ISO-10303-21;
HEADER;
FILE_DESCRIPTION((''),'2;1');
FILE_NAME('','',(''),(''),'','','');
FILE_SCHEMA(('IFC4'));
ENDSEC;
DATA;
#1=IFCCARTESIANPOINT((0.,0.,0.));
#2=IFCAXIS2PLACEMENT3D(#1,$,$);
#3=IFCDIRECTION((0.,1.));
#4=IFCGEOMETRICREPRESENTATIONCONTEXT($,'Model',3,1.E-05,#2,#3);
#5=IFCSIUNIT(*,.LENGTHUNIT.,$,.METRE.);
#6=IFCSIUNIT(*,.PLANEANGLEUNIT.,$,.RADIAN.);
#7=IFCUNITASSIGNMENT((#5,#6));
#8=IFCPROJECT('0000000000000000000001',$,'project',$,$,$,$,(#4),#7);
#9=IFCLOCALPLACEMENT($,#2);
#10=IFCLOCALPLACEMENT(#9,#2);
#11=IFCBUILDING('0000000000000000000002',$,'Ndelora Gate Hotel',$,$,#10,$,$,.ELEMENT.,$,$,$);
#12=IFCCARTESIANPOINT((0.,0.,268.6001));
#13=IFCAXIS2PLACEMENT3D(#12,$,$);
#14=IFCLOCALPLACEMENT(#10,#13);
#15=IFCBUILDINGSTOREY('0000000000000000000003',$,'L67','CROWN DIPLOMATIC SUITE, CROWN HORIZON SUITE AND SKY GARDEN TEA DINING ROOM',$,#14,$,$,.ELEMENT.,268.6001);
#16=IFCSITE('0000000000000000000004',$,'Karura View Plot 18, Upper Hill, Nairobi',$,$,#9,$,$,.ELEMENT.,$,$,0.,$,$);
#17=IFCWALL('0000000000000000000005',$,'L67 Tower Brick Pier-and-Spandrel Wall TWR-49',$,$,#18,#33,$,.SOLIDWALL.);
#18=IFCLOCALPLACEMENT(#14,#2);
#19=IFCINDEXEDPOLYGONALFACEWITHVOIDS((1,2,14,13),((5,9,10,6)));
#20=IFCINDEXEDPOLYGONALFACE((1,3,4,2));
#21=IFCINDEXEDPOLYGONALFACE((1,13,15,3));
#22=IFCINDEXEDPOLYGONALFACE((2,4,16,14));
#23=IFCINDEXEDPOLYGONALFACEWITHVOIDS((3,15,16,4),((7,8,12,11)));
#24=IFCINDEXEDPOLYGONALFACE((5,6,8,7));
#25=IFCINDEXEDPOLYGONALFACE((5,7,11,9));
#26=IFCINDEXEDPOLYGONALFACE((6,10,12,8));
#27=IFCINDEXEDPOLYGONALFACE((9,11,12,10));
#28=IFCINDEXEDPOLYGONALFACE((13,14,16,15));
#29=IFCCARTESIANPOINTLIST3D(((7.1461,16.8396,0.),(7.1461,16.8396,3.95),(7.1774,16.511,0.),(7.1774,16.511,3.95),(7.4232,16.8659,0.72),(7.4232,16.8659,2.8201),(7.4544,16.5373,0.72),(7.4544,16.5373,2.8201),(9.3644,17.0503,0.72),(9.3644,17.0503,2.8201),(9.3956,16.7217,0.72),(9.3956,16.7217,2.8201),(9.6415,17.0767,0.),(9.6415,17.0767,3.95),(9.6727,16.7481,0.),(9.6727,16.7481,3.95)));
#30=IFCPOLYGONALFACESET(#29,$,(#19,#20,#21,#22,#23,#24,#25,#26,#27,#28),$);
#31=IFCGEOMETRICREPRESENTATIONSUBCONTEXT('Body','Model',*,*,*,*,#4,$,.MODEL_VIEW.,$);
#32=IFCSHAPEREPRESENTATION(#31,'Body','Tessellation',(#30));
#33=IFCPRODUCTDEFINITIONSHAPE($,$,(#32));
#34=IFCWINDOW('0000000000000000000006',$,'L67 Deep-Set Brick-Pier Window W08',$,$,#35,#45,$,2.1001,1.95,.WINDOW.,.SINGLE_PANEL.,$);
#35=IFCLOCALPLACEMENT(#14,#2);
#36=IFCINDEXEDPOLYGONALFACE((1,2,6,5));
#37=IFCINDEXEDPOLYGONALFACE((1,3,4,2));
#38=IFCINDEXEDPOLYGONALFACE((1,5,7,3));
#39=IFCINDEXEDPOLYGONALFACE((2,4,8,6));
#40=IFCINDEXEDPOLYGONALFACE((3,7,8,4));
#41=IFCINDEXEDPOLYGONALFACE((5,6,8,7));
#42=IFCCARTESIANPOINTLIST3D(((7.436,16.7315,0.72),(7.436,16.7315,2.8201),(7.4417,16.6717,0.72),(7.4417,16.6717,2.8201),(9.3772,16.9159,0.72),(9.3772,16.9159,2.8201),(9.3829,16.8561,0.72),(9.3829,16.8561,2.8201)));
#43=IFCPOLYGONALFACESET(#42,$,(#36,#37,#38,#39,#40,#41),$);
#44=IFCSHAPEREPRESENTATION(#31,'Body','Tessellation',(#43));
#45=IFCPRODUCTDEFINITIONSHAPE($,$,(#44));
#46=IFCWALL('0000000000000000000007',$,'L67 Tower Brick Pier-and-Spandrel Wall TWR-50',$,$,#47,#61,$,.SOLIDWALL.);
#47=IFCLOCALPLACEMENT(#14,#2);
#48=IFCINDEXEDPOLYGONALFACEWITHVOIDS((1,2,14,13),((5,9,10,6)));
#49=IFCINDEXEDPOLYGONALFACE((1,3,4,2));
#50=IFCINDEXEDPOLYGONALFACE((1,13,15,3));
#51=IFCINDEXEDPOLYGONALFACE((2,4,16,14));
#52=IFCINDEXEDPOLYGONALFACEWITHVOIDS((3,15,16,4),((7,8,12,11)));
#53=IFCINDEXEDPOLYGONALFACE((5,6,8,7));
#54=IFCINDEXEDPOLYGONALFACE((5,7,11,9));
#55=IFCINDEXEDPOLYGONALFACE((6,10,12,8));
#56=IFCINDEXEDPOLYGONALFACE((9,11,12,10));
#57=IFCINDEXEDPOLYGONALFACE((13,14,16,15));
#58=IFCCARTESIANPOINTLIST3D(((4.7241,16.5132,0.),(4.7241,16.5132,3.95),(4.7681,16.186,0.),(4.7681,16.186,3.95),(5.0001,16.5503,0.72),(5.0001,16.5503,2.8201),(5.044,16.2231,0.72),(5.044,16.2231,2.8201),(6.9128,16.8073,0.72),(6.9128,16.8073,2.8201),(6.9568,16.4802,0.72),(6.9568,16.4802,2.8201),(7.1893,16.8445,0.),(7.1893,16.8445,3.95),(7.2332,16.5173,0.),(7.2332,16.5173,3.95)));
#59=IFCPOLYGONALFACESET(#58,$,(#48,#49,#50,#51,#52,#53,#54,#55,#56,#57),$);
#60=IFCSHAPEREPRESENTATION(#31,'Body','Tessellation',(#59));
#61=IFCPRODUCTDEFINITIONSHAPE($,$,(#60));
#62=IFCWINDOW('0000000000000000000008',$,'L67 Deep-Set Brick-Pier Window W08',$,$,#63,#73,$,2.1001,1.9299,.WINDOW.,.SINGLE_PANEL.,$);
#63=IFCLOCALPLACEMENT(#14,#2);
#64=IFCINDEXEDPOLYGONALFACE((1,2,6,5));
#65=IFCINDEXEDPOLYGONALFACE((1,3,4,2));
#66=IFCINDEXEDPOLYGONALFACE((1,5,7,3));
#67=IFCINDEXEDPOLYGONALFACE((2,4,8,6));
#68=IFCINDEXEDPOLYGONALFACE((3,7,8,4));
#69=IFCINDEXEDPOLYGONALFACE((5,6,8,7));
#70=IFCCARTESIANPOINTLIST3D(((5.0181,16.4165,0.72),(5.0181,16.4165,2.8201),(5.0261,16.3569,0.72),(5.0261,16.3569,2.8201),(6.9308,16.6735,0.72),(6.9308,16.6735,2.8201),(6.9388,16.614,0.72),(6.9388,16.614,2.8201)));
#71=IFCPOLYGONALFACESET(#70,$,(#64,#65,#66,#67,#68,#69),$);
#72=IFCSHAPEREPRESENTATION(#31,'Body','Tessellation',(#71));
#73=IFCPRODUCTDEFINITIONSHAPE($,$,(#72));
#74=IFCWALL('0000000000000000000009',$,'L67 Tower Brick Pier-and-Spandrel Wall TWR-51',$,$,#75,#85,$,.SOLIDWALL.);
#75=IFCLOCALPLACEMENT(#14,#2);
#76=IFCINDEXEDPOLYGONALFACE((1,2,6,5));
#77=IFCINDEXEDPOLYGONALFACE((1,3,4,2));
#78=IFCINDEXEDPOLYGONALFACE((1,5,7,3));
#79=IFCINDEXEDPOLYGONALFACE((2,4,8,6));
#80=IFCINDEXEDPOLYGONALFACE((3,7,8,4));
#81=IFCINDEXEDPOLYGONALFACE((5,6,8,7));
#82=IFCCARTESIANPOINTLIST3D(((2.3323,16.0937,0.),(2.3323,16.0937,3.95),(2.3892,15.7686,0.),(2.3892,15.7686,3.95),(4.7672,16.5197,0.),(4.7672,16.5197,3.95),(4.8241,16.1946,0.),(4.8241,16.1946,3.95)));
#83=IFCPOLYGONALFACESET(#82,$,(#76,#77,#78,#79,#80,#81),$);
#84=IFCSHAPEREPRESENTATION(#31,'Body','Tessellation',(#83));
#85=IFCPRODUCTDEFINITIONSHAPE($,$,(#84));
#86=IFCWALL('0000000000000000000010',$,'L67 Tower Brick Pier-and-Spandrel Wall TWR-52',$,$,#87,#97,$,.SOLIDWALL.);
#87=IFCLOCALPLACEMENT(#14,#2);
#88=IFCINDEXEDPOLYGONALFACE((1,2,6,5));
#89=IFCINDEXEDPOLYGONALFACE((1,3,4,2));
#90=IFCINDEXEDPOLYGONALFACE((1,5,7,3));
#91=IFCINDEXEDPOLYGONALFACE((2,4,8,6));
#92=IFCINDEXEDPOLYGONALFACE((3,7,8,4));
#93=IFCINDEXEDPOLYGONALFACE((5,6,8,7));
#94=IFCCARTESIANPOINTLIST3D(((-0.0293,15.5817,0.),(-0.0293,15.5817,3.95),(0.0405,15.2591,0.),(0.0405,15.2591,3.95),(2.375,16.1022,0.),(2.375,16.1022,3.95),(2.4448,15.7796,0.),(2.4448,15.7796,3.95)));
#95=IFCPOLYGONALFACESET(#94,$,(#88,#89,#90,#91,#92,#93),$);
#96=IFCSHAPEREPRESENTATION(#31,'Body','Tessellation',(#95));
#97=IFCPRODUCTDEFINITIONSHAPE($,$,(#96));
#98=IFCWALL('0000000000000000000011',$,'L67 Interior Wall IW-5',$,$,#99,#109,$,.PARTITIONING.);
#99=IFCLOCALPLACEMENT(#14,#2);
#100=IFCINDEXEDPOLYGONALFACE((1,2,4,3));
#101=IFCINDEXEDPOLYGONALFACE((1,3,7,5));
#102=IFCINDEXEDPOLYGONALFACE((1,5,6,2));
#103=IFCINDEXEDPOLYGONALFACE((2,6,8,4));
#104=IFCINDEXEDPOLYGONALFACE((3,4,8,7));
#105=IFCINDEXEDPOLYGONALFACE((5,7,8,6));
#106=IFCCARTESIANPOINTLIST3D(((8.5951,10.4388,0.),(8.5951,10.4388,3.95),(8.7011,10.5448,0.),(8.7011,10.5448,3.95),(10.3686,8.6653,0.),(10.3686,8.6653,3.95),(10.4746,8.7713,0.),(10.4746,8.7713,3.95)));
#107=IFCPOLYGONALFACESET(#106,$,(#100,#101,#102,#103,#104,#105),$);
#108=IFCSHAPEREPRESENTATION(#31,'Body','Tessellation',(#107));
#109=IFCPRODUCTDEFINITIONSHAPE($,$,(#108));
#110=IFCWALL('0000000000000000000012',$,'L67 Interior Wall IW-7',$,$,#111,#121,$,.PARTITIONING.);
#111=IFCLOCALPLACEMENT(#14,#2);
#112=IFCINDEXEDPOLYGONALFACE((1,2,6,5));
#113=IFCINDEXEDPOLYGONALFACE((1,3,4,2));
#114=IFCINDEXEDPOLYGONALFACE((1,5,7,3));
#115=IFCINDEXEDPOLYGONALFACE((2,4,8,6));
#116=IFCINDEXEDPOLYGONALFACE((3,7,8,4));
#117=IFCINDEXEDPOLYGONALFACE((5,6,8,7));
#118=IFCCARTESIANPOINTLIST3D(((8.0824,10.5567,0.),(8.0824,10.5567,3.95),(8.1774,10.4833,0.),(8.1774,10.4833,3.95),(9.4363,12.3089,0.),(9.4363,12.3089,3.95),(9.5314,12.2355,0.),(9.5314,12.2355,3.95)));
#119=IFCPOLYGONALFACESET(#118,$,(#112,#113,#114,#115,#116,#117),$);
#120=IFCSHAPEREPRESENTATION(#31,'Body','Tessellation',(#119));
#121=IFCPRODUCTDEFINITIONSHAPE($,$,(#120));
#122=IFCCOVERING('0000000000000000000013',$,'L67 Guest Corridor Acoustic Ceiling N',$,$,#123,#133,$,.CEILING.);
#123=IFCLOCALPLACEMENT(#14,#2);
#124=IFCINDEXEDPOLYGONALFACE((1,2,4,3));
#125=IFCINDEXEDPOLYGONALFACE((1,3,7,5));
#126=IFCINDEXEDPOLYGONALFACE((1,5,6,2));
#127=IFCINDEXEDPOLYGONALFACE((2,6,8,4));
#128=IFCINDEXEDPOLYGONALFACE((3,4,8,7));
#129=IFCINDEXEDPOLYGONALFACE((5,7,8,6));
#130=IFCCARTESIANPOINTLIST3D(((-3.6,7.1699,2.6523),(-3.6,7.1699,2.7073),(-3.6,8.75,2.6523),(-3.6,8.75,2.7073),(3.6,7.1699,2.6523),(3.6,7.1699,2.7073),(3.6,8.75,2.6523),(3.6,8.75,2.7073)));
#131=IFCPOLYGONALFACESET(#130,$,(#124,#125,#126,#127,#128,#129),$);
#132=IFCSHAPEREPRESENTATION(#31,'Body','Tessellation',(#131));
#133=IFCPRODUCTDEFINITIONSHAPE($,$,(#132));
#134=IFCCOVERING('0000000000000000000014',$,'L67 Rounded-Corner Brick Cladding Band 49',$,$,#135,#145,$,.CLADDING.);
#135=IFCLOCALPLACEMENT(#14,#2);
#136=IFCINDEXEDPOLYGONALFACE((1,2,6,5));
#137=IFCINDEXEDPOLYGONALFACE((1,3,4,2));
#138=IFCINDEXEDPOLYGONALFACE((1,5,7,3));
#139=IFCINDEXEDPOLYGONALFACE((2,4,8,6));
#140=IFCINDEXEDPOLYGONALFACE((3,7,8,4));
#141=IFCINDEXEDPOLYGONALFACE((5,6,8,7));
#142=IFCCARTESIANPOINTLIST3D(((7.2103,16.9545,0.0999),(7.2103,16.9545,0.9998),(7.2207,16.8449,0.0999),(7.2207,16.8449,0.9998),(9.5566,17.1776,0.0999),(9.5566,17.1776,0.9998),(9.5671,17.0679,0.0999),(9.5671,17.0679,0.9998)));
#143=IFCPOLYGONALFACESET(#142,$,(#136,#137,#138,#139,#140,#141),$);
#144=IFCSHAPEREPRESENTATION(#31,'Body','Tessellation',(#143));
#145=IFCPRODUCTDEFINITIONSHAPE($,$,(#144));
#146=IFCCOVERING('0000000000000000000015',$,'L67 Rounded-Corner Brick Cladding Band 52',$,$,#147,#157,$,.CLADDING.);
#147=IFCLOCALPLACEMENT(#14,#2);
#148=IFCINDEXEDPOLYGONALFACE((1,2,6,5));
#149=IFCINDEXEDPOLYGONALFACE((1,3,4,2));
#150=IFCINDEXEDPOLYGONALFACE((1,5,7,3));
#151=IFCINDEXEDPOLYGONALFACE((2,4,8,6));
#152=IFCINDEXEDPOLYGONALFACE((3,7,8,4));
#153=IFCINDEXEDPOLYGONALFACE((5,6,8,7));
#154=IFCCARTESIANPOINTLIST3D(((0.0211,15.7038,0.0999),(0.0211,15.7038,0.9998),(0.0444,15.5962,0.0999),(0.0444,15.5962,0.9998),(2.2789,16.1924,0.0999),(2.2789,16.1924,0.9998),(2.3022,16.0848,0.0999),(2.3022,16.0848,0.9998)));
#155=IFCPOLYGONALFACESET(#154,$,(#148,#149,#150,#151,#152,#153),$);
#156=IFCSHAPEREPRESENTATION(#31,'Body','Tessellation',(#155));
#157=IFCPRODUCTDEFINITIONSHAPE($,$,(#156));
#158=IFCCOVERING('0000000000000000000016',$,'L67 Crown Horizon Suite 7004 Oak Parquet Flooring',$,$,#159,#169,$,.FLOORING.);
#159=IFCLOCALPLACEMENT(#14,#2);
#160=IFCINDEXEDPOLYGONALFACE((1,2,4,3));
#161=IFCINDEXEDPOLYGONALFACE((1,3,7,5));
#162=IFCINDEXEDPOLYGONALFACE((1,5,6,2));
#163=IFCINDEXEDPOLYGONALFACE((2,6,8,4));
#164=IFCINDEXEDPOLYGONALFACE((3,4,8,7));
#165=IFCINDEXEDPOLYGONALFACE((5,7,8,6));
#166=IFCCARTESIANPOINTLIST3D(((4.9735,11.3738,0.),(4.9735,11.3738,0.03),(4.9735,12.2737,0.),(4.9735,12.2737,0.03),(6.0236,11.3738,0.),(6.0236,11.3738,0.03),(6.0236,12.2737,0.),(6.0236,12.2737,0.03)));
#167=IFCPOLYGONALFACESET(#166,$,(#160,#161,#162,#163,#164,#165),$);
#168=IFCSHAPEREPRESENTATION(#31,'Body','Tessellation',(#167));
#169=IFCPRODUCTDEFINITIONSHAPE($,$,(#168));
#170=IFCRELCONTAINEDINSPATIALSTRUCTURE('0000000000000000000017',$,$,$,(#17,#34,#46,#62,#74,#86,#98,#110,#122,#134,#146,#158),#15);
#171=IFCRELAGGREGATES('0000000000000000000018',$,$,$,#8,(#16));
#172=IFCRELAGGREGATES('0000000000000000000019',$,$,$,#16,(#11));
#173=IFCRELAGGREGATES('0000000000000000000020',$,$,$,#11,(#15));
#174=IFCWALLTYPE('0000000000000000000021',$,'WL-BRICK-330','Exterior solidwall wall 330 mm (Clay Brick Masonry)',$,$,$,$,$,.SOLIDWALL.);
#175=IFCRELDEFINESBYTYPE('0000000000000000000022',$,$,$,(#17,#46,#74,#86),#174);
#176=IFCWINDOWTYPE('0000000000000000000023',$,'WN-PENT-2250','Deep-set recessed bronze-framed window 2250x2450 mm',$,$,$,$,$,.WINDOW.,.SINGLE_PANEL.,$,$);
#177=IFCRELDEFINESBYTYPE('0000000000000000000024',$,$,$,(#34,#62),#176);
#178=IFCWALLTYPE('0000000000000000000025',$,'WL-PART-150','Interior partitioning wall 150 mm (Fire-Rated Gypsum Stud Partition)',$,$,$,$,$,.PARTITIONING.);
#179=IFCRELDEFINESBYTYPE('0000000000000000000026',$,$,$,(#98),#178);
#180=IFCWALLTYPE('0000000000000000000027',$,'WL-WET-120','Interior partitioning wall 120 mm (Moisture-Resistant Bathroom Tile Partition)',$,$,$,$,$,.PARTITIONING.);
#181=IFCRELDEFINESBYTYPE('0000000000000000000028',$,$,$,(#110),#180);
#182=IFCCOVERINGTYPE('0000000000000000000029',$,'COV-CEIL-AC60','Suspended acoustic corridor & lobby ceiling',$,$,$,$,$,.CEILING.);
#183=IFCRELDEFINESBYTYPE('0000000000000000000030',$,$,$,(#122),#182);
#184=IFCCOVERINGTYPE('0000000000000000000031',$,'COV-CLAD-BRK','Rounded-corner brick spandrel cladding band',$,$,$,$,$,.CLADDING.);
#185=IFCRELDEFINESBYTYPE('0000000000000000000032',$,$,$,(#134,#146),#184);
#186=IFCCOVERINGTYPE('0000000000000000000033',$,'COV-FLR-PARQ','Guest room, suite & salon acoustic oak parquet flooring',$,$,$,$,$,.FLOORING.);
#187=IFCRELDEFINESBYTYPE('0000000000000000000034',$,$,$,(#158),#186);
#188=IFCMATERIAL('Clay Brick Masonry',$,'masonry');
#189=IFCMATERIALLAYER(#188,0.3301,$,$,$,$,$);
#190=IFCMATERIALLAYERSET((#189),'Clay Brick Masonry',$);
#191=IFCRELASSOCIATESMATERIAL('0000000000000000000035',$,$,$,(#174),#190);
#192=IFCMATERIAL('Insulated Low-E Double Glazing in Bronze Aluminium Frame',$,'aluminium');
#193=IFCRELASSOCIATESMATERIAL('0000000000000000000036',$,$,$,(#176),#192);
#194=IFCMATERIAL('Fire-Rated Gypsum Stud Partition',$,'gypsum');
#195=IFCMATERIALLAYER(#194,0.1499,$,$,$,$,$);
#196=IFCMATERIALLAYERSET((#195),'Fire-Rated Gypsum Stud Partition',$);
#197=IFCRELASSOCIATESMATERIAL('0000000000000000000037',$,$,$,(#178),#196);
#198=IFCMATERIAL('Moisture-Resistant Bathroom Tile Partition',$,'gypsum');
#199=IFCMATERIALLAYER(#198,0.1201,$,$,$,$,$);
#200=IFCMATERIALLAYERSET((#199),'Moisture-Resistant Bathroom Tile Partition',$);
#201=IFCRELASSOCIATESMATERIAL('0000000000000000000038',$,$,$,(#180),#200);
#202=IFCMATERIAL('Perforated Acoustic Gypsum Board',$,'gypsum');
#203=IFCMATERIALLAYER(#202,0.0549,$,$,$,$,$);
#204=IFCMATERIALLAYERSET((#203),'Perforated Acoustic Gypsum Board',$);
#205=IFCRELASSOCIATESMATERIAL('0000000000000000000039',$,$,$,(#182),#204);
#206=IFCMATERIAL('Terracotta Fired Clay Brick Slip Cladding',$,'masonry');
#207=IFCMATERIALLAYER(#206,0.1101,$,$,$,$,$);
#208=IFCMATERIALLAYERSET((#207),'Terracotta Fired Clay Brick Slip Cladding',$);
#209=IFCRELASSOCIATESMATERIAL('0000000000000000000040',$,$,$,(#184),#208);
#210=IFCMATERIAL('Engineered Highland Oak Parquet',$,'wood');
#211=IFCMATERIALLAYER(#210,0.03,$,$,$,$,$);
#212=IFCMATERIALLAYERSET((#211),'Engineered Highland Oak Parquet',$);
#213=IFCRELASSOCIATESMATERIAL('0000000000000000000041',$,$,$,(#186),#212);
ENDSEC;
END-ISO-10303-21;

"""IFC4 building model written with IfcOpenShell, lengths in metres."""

from ifc_helpers import new_model, si_unit, direction, frame, frame_2d, origin, origin_2d, place, context, subcontext, project, spatial, rectangle, extrude, material, layer, layer_set, type_object, element, fill, save


model = new_model("IFC4")

# Units and contexts
model_context = context("Model", 3, precision=1e-05, world=origin(), true_north=direction((0.0, 1.0)))
body_context = subcontext(model_context, "Body", "Model", "MODEL_VIEW")
ifc_project = project(units=[si_unit("LENGTHUNIT", "METRE"), si_unit("PLANEANGLEUNIT", "RADIAN")], contexts=[model_context])

# Site, building, storey
site_placement = place(None, origin())
site = spatial("IfcSite", under=ifc_project, at=site_placement, Name="Karura View Plot 18, Upper Hill, Nairobi", CompositionType="ELEMENT", RefElevation=0.0)
building_placement = place(site_placement, origin())
building = spatial("IfcBuilding", under=site, at=building_placement, Name="Ndelora Gate Hotel", CompositionType="ELEMENT")
storey_placement = place(building_placement, frame((0.0, 0.0, 268.6001)))
storey = spatial("IfcBuildingStorey", under=building, at=storey_placement, Name="L67", Description="CROWN DIPLOMATIC SUITE, CROWN HORIZON SUITE AND SKY GARDEN TEA DINING ROOM", CompositionType="ELEMENT", Elevation=268.6001)

# Walls, openings, windows
ifc_material_1 = material(Name="Clay Brick Masonry", Category="masonry")
ifc_layer_1 = layer(ifc_material_1, 0.3301)
ifc_layer_set_1 = layer_set([ifc_layer_1], Name="Clay Brick Masonry")
wall_type_1 = type_object("IfcWallType", Name="WL-BRICK-330", Description="Exterior solidwall wall 330 mm (Clay Brick Masonry)", PredefinedType="SOLIDWALL", material=ifc_layer_set_1)
wall_1_placement = place(storey_placement, frame((7.1616, 16.6753, 0.0), z_axis=(0.0, 0.0, 1.0), x_axis=(0.995518, 0.094575, 0.0)))
wall_1 = element("IfcWall", 1, at=wall_1_placement, inside=storey, type_object=wall_type_1, Name="L67 Tower Brick Pier-and-Spandrel Wall TWR-49", PredefinedType="SOLIDWALL", context=body_context, shape_type="SweptSolid", body=[
    extrude(rectangle(XDim=2.5066, YDim=0.3301, at=frame_2d((1.2534, 0.0))), origin(), (0.0, 0.0, 1.0), 3.95),
])
opening_1_placement = place(wall_1_placement, frame((0.2783, 0.0, 0.72)))
opening_1 = element("IfcOpeningElement", 2, at=opening_1_placement, cuts=wall_1, PredefinedType="OPENING", context=body_context, shape_type="SweptSolid", body=[
    extrude(rectangle(XDim=1.95, YDim=2.1001, at=frame_2d((0.9751, 1.05))), frame((0.0, 0.175, 0.0), z_axis=(0.0, -1.0, 0.0), x_axis=(1.0, 0.0, 0.0)), (0.0, 0.0, 1.0), 0.3501),
])
ifc_material_2 = material(Name="Insulated Low-E Double Glazing in Bronze Aluminium Frame", Category="aluminium")
window_type = type_object("IfcWindowType", Name="WN-PENT-2250", Description="Deep-set recessed bronze-framed window 2250x2450 mm", PartitioningType="SINGLE_PANEL", PredefinedType="WINDOW", material=ifc_material_2)
window_1_placement = place(opening_1_placement, origin())
window_1 = element("IfcWindow", 3, at=window_1_placement, inside=storey, type_object=window_type, Name="L67 Deep-Set Brick-Pier Window W08", OverallHeight=2.1001, OverallWidth=1.95, PartitioningType="SINGLE_PANEL", PredefinedType="WINDOW", context=body_context, shape_type="SweptSolid", body=[
    extrude(rectangle(XDim=1.95, YDim=2.1001, at=frame_2d((0.9751, 1.05))), frame((0.0, 0.03, 0.0), z_axis=(0.0, -1.0, 0.0), x_axis=(1.0, 0.0, 0.0)), (0.0, 0.0, 1.0), 0.0601),
])
fill(opening_1, window_1)
wall_2_placement = place(storey_placement, frame((4.7461, 16.3496, 0.0), z_axis=(0.0, 0.0, 1.0), x_axis=(0.991089, 0.133199, 0.0)))
wall_2 = element("IfcWall", 4, at=wall_2_placement, inside=storey, type_object=wall_type_1, Name="L67 Tower Brick Pier-and-Spandrel Wall TWR-50", PredefinedType="SOLIDWALL", context=body_context, shape_type="SweptSolid", body=[
    extrude(rectangle(XDim=2.4873, YDim=0.3301, at=frame_2d((1.2437, 0.0))), origin(), (0.0, 0.0, 1.0), 3.95),
])
opening_2_placement = place(wall_2_placement, frame((0.2786, 0.0, 0.72)))
opening_2 = element("IfcOpeningElement", 5, at=opening_2_placement, cuts=wall_2, PredefinedType="OPENING", context=body_context, shape_type="SweptSolid", body=[
    extrude(rectangle(XDim=1.9299, YDim=2.1001, at=frame_2d((0.9648, 1.05))), frame((0.0, 0.175, 0.0), z_axis=(0.0, -1.0, 0.0), x_axis=(1.0, 0.0, 0.0)), (0.0, 0.0, 1.0), 0.3501),
])
window_2_placement = place(opening_2_placement, origin())
window_2 = element("IfcWindow", 6, at=window_2_placement, inside=storey, type_object=window_type, Name="L67 Deep-Set Brick-Pier Window W08", OverallHeight=2.1001, OverallWidth=1.9299, PartitioningType="SINGLE_PANEL", PredefinedType="WINDOW", context=body_context, shape_type="SweptSolid", body=[
    extrude(rectangle(XDim=1.9299, YDim=2.1001, at=frame_2d((0.9648, 1.05))), frame((0.0, 0.03, 0.0), z_axis=(0.0, -1.0, 0.0), x_axis=(1.0, 0.0, 0.0)), (0.0, 0.0, 1.0), 0.0601),
])
fill(opening_2, window_2)

# Walls
wall_3_placement = place(storey_placement, frame((2.3608, 15.9312, 0.0), z_axis=(0.0, 0.0, 1.0), x_axis=(0.985035, 0.172354, 0.0)))
element("IfcWall", 7, at=wall_3_placement, inside=storey, type_object=wall_type_1, Name="L67 Tower Brick Pier-and-Spandrel Wall TWR-51", PredefinedType="SOLIDWALL", context=body_context, shape_type="SweptSolid", body=[
    extrude(rectangle(XDim=2.4719, YDim=0.3301, at=frame_2d((1.2358, 0.0))), origin(), (0.0, 0.0, 1.0), 3.95),
])
wall_4_placement = place(storey_placement, frame((0.0056, 15.4204, 0.0), z_axis=(0.0, 0.0, 1.0), x_axis=(0.977359, 0.211589, 0.0)))
element("IfcWall", 8, at=wall_4_placement, inside=storey, type_object=wall_type_1, Name="L67 Tower Brick Pier-and-Spandrel Wall TWR-52", PredefinedType="SOLIDWALL", context=body_context, shape_type="SweptSolid", body=[
    extrude(rectangle(XDim=2.46, YDim=0.3301, at=frame_2d((1.23, 0.0))), origin(), (0.0, 0.0, 1.0), 3.95),
])
ifc_material_3 = material(Name="Fire-Rated Gypsum Stud Partition", Category="gypsum")
ifc_layer_2 = layer(ifc_material_3, 0.1499)
ifc_layer_set_2 = layer_set([ifc_layer_2], Name="Fire-Rated Gypsum Stud Partition")
wall_type_2 = type_object("IfcWallType", Name="WL-PART-150", Description="Interior partitioning wall 150 mm (Fire-Rated Gypsum Stud Partition)", PredefinedType="PARTITIONING", material=ifc_layer_set_2)
wall_5_placement = place(storey_placement, frame((8.6482, 10.4917, 0.0), z_axis=(0.0, 0.0, 1.0), x_axis=(0.707107, -0.707107, 0.0)))
element("IfcWall", 9, at=wall_5_placement, inside=storey, type_object=wall_type_2, Name="L67 Interior Wall IW-5", PredefinedType="PARTITIONING", context=body_context, shape_type="SweptSolid", body=[
    extrude(rectangle(XDim=2.5081, YDim=0.1499, at=frame_2d((1.2539, 0.0))), origin(), (0.0, 0.0, 1.0), 3.95),
])
ifc_material_4 = material(Name="Moisture-Resistant Bathroom Tile Partition", Category="gypsum")
ifc_layer_3 = layer(ifc_material_4, 0.1201)
ifc_layer_set_3 = layer_set([ifc_layer_3], Name="Moisture-Resistant Bathroom Tile Partition")
wall_type_3 = type_object("IfcWallType", Name="WL-WET-120", Description="Interior partitioning wall 120 mm (Moisture-Resistant Bathroom Tile Partition)", PredefinedType="PARTITIONING", material=ifc_layer_set_3)
wall_6_placement = place(storey_placement, frame((8.1299, 10.52, 0.0), z_axis=(0.0, 0.0, 1.0), x_axis=(0.611457, 0.791278, 0.0)))
element("IfcWall", 10, at=wall_6_placement, inside=storey, type_object=wall_type_3, Name="L67 Interior Wall IW-7", PredefinedType="PARTITIONING", context=body_context, shape_type="SweptSolid", body=[
    extrude(rectangle(XDim=2.2144, YDim=0.1201, at=frame_2d((1.1072, 0.0))), origin(), (0.0, 0.0, 1.0), 3.95),
])

# Coverings
ifc_material_5 = material(Name="Perforated Acoustic Gypsum Board", Category="gypsum")
ifc_layer_4 = layer(ifc_material_5, 0.0549)
ifc_layer_set_4 = layer_set([ifc_layer_4], Name="Perforated Acoustic Gypsum Board")
covering_type_1 = type_object("IfcCoveringType", Name="COV-CEIL-AC60", Description="Suspended acoustic corridor & lobby ceiling", PredefinedType="CEILING", material=ifc_layer_set_4)
covering_1_placement = place(storey_placement, frame((0.0, 7.96, 2.6523), z_axis=(0.0, 0.0, 1.0), x_axis=(1.0, 0.0, 0.0)))
element("IfcCovering", 11, at=covering_1_placement, inside=storey, type_object=covering_type_1, Name="L67 Guest Corridor Acoustic Ceiling N", PredefinedType="CEILING", context=body_context, shape_type="SweptSolid", body=[
    extrude(rectangle(XDim=7.2, YDim=1.5801, at=origin_2d()), origin(), (0.0, 0.0, 1.0), 0.0549),
])
ifc_material_6 = material(Name="Terracotta Fired Clay Brick Slip Cladding", Category="masonry")
ifc_layer_5 = layer(ifc_material_6, 0.1101)
ifc_layer_set_5 = layer_set([ifc_layer_5], Name="Terracotta Fired Clay Brick Slip Cladding")
covering_type_2 = type_object("IfcCoveringType", Name="COV-CLAD-BRK", Description="Rounded-corner brick spandrel cladding band", PredefinedType="CLADDING", material=ifc_layer_set_5)
covering_2_placement = place(storey_placement, frame((8.3887, 17.0112, 0.0999), z_axis=(0.0, 0.0, 1.0), x_axis=(0.995513, 0.09463, 0.0)))
element("IfcCovering", 12, at=covering_2_placement, inside=storey, type_object=covering_type_2, Name="L67 Rounded-Corner Brick Cladding Band 49", PredefinedType="CLADDING", context=body_context, shape_type="SweptSolid", body=[
    extrude(rectangle(XDim=2.3569, YDim=0.1101, at=origin_2d()), origin(), (0.0, 0.0, 1.0), 0.8999),
])
covering_3_placement = place(storey_placement, frame((1.1616, 15.8943, 0.0999), z_axis=(0.0, 0.0, 1.0), x_axis=(0.977379, 0.211495, 0.0)))
element("IfcCovering", 13, at=covering_3_placement, inside=storey, type_object=covering_type_2, Name="L67 Rounded-Corner Brick Cladding Band 52", PredefinedType="CLADDING", context=body_context, shape_type="SweptSolid", body=[
    extrude(rectangle(XDim=2.3101, YDim=0.1101, at=origin_2d()), origin(), (0.0, 0.0, 1.0), 0.8999),
])
ifc_material_7 = material(Name="Engineered Highland Oak Parquet", Category="wood")
ifc_layer_6 = layer(ifc_material_7, 0.03)
ifc_layer_set_6 = layer_set([ifc_layer_6], Name="Engineered Highland Oak Parquet")
covering_type_3 = type_object("IfcCoveringType", Name="COV-FLR-PARQ", Description="Guest room, suite & salon acoustic oak parquet flooring", PredefinedType="FLOORING", material=ifc_layer_set_6)
covering_4_placement = place(storey_placement, frame((5.4985, 11.8237, 0.0), z_axis=(0.0, 0.0, 1.0), x_axis=(1.0, 0.0, 0.0)))
element("IfcCovering", 14, at=covering_4_placement, inside=storey, type_object=covering_type_3, Name="L67 Crown Horizon Suite 7004 Oak Parquet Flooring", PredefinedType="FLOORING", context=body_context, shape_type="SweptSolid", body=[
    extrude(rectangle(XDim=1.05, YDim=0.8999, at=origin_2d()), origin(), (0.0, 0.0, 1.0), 0.03),
])

save(model, "model.ifc")
